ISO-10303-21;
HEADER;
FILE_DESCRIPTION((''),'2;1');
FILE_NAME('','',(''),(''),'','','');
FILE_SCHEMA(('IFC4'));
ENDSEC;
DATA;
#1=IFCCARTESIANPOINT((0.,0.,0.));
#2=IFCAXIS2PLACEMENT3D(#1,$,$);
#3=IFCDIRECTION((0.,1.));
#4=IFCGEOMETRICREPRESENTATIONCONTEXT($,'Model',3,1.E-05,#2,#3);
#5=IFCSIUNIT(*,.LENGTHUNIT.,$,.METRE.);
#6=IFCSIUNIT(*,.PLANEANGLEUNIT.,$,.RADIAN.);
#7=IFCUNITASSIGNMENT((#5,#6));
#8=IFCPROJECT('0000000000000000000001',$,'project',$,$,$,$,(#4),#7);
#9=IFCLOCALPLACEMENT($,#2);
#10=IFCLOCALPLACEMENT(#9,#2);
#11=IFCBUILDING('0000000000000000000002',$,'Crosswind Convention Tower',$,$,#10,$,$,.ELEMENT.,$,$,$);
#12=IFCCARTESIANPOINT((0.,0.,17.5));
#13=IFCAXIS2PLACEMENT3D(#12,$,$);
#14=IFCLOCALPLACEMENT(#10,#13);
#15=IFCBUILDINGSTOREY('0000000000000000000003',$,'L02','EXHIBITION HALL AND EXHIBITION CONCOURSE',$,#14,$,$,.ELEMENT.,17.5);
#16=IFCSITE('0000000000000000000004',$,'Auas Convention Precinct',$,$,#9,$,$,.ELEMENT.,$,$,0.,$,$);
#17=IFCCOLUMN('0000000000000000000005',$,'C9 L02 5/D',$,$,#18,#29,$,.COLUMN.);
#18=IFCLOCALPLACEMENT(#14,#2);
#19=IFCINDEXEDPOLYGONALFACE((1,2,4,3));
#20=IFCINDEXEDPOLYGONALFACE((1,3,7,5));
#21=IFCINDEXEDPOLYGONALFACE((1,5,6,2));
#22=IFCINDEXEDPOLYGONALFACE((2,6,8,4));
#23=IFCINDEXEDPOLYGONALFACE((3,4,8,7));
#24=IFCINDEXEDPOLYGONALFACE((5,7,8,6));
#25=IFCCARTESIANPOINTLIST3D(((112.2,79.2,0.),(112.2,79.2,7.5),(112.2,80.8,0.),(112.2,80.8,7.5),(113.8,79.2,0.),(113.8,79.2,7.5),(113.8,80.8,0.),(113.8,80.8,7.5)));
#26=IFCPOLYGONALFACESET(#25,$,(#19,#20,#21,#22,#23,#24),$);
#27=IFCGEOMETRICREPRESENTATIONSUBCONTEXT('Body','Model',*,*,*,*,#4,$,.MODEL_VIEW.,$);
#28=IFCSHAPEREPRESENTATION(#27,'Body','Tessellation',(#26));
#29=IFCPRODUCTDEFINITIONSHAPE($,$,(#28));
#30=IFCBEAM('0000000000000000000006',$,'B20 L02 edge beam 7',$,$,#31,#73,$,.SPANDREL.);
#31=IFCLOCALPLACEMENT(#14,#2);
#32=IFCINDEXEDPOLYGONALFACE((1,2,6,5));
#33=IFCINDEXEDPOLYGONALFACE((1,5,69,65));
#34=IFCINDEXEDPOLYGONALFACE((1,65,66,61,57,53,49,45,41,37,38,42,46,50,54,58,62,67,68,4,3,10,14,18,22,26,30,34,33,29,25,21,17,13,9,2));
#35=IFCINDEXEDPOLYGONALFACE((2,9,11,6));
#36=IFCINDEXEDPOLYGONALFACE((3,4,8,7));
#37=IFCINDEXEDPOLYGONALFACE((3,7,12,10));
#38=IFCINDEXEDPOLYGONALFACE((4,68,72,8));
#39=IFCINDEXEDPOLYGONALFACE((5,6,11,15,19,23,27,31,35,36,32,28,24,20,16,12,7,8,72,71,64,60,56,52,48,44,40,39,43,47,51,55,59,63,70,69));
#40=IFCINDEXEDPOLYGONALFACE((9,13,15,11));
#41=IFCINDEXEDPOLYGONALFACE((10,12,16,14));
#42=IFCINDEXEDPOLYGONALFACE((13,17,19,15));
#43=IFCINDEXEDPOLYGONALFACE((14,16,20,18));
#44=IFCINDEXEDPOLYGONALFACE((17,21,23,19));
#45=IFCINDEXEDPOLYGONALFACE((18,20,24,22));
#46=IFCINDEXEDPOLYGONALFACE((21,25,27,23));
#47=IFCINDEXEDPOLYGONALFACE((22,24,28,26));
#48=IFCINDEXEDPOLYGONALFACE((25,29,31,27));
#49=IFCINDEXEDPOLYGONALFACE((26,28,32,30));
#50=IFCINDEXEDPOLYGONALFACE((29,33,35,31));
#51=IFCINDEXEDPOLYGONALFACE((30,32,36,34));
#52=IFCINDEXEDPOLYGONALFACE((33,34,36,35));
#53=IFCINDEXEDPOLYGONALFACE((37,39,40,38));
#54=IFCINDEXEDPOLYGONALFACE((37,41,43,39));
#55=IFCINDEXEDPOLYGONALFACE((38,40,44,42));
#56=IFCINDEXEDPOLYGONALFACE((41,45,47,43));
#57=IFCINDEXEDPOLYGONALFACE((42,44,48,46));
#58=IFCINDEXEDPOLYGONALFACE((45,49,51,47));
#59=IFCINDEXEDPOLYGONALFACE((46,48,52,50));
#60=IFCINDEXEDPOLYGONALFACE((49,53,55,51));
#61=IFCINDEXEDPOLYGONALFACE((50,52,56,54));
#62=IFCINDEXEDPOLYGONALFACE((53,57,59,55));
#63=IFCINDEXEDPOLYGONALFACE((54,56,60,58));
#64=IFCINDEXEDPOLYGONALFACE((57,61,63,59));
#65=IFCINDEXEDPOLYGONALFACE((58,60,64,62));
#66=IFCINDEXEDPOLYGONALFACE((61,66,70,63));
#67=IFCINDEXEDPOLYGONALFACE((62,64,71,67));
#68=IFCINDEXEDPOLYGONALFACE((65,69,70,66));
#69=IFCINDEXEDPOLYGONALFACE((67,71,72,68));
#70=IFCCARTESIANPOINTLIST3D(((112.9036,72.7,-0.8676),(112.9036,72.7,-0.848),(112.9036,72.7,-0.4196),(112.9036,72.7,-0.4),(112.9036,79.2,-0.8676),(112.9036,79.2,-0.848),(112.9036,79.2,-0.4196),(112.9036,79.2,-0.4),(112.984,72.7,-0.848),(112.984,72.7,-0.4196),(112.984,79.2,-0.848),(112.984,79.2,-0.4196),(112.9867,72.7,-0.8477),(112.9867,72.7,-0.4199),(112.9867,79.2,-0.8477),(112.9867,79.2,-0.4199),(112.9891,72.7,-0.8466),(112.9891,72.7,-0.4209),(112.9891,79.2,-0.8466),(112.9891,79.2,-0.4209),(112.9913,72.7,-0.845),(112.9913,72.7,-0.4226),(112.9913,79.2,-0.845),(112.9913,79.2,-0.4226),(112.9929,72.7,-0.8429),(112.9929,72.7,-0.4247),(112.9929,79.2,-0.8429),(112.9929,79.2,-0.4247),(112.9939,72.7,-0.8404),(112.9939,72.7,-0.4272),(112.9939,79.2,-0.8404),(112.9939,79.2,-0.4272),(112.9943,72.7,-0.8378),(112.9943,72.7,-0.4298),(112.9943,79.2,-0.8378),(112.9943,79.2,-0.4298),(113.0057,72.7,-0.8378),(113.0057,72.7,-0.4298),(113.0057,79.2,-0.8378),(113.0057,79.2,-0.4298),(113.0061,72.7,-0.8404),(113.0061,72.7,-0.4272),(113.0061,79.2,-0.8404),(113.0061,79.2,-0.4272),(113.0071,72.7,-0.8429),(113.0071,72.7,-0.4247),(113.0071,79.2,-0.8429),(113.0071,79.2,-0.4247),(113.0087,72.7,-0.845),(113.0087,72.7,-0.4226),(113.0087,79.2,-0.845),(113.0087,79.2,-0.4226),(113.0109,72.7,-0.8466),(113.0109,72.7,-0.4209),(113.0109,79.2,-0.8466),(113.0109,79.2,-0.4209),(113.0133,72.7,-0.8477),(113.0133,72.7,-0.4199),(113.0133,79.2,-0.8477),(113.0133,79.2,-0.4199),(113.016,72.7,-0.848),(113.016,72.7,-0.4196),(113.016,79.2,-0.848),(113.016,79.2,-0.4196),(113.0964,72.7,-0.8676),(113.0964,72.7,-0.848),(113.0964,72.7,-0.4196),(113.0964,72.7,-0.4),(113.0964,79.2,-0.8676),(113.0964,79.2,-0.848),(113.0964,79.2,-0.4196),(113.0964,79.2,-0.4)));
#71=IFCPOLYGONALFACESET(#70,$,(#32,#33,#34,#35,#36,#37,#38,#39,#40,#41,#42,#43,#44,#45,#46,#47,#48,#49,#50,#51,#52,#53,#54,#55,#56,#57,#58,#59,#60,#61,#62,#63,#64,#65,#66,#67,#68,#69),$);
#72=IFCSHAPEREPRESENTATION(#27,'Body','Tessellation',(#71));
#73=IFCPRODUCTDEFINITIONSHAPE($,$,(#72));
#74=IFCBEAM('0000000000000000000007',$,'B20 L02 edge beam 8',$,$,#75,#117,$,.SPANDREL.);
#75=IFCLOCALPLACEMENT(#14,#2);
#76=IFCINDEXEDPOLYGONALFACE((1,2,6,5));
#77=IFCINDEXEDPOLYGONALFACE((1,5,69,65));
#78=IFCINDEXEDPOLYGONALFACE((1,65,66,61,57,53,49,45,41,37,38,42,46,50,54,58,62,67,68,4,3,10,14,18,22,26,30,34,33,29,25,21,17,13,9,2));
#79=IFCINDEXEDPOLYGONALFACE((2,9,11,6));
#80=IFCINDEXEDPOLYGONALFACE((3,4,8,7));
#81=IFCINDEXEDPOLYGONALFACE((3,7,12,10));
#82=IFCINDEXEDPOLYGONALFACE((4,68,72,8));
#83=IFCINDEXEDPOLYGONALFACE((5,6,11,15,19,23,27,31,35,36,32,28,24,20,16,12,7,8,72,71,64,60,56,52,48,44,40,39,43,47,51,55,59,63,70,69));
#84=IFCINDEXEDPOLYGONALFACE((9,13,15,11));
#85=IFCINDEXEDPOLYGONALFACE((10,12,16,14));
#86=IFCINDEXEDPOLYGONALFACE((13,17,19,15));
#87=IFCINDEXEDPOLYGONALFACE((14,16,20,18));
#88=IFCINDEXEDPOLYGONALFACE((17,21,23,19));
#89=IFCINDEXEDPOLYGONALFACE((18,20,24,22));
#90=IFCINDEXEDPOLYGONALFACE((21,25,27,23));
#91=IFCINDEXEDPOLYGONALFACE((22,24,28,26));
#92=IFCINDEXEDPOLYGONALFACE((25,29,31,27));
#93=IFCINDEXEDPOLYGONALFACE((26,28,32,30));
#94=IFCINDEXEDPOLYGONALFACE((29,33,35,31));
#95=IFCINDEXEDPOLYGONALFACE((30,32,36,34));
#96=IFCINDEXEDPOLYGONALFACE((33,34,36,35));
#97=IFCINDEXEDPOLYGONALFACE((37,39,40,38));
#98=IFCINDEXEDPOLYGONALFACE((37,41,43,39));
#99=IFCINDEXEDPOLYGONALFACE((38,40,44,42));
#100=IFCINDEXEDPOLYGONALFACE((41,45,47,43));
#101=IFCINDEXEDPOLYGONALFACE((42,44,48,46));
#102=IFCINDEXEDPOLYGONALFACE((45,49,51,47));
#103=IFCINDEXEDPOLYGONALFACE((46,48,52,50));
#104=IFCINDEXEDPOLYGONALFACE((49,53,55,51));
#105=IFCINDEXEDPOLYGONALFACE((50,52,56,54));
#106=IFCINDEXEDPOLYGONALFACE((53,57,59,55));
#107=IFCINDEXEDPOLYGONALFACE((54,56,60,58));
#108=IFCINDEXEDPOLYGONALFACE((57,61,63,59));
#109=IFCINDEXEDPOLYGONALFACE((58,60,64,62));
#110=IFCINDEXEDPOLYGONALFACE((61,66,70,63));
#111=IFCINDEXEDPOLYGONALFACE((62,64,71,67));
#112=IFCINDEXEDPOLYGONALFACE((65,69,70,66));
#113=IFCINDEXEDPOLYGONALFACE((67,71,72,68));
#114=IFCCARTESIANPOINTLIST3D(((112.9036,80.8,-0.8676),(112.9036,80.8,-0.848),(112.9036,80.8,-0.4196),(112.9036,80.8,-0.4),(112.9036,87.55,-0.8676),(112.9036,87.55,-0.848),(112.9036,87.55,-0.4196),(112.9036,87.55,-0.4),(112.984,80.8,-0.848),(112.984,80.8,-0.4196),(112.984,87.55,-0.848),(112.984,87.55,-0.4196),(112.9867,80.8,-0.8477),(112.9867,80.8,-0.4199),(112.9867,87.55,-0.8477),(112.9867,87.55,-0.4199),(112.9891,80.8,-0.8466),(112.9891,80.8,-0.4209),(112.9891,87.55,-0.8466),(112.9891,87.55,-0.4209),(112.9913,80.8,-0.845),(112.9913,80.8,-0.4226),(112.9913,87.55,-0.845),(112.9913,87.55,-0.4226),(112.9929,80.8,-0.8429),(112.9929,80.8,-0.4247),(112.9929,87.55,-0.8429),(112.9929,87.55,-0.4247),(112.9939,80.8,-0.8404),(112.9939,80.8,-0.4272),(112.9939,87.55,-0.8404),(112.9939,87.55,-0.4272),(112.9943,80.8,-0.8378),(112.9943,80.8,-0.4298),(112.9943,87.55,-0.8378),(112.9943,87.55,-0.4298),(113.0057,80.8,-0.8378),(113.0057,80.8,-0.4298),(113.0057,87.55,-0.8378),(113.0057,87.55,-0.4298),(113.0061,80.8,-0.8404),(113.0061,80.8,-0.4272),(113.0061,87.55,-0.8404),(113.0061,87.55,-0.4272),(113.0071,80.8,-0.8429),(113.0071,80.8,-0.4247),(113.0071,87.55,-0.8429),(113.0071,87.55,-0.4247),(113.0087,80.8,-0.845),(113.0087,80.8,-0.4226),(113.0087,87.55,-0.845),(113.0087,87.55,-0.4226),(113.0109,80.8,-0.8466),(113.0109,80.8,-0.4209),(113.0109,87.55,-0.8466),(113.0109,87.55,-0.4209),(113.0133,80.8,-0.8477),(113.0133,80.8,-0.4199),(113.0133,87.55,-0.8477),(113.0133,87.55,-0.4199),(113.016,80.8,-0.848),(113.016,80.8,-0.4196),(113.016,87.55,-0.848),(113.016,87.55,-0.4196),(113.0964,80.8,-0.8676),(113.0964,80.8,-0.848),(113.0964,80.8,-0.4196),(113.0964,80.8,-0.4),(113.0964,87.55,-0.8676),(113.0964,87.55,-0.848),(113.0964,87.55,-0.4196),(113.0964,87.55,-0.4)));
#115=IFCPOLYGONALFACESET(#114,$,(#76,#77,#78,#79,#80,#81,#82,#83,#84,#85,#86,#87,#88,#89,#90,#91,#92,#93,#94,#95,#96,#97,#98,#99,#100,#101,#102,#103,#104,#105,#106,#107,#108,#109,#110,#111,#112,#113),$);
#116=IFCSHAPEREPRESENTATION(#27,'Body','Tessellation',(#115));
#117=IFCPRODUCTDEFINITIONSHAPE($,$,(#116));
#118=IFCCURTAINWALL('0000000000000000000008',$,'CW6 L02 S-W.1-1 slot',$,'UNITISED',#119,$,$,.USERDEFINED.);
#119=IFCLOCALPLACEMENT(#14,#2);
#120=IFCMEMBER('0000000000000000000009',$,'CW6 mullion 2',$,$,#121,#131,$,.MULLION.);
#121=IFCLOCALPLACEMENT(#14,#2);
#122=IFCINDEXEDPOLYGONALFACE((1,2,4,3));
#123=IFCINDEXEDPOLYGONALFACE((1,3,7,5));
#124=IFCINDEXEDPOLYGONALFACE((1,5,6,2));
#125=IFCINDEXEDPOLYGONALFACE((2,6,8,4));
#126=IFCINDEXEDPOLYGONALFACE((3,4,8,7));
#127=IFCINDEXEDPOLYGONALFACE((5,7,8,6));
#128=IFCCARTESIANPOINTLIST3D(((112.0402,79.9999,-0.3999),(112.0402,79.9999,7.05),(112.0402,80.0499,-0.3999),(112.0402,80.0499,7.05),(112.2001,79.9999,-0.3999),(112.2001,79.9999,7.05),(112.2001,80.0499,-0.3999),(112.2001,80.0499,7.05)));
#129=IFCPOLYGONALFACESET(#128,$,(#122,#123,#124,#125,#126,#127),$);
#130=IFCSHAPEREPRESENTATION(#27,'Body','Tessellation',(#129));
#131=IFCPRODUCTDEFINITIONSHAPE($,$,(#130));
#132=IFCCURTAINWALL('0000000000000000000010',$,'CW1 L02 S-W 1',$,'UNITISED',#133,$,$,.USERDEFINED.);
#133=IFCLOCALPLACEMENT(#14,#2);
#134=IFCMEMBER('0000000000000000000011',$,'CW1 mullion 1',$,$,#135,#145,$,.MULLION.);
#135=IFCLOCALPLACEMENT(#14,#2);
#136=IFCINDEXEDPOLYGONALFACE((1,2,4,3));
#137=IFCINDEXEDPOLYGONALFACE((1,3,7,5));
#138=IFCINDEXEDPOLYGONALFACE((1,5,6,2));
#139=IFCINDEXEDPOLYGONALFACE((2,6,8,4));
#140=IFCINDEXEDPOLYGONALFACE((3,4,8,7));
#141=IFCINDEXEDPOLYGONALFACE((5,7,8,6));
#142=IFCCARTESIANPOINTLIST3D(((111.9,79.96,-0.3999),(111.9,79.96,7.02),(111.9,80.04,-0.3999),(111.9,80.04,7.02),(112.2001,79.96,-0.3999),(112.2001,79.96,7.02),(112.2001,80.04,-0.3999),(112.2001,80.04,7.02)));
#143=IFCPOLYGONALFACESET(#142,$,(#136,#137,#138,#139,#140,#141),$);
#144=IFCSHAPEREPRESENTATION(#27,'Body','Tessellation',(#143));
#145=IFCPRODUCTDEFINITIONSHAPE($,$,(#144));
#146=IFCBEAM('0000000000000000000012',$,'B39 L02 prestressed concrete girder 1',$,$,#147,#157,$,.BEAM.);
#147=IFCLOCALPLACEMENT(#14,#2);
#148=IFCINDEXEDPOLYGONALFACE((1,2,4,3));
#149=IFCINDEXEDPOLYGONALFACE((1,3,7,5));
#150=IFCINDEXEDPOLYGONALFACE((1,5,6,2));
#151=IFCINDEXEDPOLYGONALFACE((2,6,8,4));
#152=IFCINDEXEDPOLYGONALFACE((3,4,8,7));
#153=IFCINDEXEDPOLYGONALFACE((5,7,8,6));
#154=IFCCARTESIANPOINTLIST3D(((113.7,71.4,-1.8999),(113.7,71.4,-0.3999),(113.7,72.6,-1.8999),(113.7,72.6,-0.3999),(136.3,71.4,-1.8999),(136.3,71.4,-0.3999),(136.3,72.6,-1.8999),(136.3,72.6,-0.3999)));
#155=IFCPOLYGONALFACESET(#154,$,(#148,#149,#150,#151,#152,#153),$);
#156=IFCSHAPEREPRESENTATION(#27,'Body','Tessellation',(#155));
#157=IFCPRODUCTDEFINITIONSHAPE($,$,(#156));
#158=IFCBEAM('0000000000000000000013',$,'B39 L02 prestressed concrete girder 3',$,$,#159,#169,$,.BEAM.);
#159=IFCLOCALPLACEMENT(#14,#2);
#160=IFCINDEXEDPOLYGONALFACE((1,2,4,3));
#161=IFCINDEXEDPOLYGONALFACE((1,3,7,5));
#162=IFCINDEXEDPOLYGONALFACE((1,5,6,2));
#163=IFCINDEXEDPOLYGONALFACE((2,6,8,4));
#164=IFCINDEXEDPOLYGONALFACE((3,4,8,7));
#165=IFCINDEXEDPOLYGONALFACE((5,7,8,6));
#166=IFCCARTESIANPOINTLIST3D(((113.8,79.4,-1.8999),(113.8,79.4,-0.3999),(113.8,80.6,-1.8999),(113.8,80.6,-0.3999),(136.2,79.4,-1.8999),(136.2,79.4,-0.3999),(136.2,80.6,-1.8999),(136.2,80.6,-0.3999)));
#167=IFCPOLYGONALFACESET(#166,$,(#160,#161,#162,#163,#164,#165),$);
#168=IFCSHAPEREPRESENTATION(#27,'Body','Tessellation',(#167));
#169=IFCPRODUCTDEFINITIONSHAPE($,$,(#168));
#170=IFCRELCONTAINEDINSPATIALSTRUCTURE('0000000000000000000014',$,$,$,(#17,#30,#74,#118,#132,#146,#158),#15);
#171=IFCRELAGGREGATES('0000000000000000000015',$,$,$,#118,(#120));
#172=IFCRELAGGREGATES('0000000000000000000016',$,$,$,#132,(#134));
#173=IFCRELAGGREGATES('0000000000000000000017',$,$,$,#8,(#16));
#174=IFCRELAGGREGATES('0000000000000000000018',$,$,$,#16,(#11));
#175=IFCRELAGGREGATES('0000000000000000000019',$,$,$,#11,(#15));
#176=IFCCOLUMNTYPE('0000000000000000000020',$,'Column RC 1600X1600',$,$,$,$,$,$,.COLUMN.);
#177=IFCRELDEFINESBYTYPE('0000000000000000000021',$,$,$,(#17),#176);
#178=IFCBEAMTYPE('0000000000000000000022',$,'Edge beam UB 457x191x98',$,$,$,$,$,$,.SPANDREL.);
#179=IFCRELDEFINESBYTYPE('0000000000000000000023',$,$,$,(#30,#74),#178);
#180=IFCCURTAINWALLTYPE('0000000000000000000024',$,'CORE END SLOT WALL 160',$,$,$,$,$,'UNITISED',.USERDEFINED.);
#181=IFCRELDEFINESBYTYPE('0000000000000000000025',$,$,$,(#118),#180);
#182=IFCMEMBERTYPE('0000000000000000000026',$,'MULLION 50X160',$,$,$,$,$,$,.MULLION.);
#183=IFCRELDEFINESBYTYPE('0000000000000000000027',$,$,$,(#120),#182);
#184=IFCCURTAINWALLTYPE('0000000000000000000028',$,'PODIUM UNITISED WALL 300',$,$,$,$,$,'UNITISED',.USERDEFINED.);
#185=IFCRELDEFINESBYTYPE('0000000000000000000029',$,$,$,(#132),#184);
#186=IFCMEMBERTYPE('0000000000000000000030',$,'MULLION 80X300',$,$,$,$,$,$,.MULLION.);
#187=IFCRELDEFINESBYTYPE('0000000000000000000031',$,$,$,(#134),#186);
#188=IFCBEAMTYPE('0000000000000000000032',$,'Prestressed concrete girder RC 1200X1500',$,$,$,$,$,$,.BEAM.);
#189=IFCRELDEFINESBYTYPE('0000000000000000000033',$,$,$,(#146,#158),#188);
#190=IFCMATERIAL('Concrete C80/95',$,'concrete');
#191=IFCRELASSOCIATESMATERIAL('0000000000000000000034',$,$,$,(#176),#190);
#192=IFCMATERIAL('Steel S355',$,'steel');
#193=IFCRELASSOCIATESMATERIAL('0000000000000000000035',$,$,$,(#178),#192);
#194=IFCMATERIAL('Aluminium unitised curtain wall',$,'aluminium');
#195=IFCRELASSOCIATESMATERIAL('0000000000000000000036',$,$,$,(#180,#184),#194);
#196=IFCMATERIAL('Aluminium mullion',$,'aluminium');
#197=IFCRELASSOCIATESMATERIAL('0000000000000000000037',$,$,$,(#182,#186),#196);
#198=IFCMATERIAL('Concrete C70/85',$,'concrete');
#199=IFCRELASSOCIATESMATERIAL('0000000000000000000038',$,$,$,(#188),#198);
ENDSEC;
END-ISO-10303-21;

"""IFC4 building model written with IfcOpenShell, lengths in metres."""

from ifc_helpers import new_model, si_unit, direction, frame, origin, origin_2d, place, context, subcontext, project, spatial, rectangle, i_section, extrude, material, material_profile, profile_set, type_object, element, aggregate, save


model = new_model("IFC4")

# Units and contexts
model_context = context("Model", 3, precision=1e-05, world=origin(), true_north=direction((0.0, 1.0)))
body_context = subcontext(model_context, "Body", "Model", "MODEL_VIEW")
ifc_project = project(units=[si_unit("LENGTHUNIT", "METRE"), si_unit("PLANEANGLEUNIT", "RADIAN")], contexts=[model_context])

# Site, building, storey
site_placement = place(None, origin())
site = spatial("IfcSite", under=ifc_project, at=site_placement, Name="Auas Convention Precinct", CompositionType="ELEMENT", RefElevation=0.0)
building_placement = place(site_placement, origin())
building = spatial("IfcBuilding", under=site, at=building_placement, Name="Crosswind Convention Tower", CompositionType="ELEMENT")
storey_placement = place(building_placement, frame((0.0, 0.0, 17.5)))
storey = spatial("IfcBuildingStorey", under=building, at=storey_placement, Name="L02", Description="EXHIBITION HALL AND EXHIBITION CONCOURSE", CompositionType="ELEMENT", Elevation=17.5)

# Column
ifc_material_1 = material(Name="Concrete C80/95", Category="concrete")
ifc_material_profile_1 = material_profile(ifc_material_1, rectangle(XDim=1.6001, YDim=1.6001, at=origin_2d()), Name="RC 1600X1600")
ifc_profile_set_1 = profile_set([ifc_material_profile_1], Name="Concrete C80/95")
column_type = type_object("IfcColumnType", Name="Column RC 1600X1600", PredefinedType="COLUMN", material=ifc_profile_set_1)
column_placement = place(storey_placement, frame((113.0, 80.0, 0.0), z_axis=(0.0, 0.0, 1.0), x_axis=(1.0, 0.0, 0.0)))
element("IfcColumn", 1, at=column_placement, inside=storey, type_object=column_type, Name="C9 L02 5/D", PredefinedType="COLUMN", context=body_context, shape_type="SweptSolid", body=[
    extrude(rectangle(XDim=1.6001, YDim=1.6001, at=origin_2d()), origin(), (0.0, 0.0, 1.0), 7.5),
])

# Beams
ifc_material_2 = material(Name="Steel S355", Category="steel")
ifc_material_profile_2 = material_profile(ifc_material_2, i_section(OverallWidth=0.1929, OverallDepth=0.4675, WebThickness=0.0115, FlangeThickness=0.0195, FilletRadius=0.0103, at=origin_2d()), Name="UB 457x191x98")
ifc_profile_set_2 = profile_set([ifc_material_profile_2], Name="Steel S355")
beam_type_1 = type_object("IfcBeamType", Name="Edge beam UB 457x191x98", PredefinedType="SPANDREL", material=ifc_profile_set_2)
beam_1_placement = place(storey_placement, frame((113.0, 72.7, -0.6338), z_axis=(0.0, 1.0, 0.0), x_axis=(-1.0, 0.0, 0.0)))
element("IfcBeam", 2, at=beam_1_placement, inside=storey, type_object=beam_type_1, Name="B20 L02 edge beam 7", PredefinedType="SPANDREL", context=body_context, shape_type="SweptSolid", body=[
    extrude(i_section(OverallWidth=0.1929, OverallDepth=0.4675, WebThickness=0.0115, FlangeThickness=0.0195, FilletRadius=0.0103, at=origin_2d()), origin(), (0.0, 0.0, 1.0), 6.5),
])
beam_2_placement = place(storey_placement, frame((113.0, 80.8, -0.6338), z_axis=(0.0, 1.0, 0.0), x_axis=(-1.0, 0.0, 0.0)))
element("IfcBeam", 3, at=beam_2_placement, inside=storey, type_object=beam_type_1, Name="B20 L02 edge beam 8", PredefinedType="SPANDREL", context=body_context, shape_type="SweptSolid", body=[
    extrude(i_section(OverallWidth=0.1929, OverallDepth=0.4675, WebThickness=0.0115, FlangeThickness=0.0195, FilletRadius=0.0103, at=origin_2d()), origin(), (0.0, 0.0, 1.0), 6.75),
])

# Curtain walls, members
ifc_material_3 = material(Name="Aluminium unitised curtain wall", Category="aluminium")
curtain_wall_type_1 = type_object("IfcCurtainWallType", Name="CORE END SLOT WALL 160", ElementType="UNITISED", PredefinedType="USERDEFINED", material=ifc_material_3)
curtain_wall_1_placement = place(storey_placement, origin())
curtain_wall_1 = element("IfcCurtainWall", 4, at=curtain_wall_1_placement, inside=storey, type_object=curtain_wall_type_1, Name="CW6 L02 S-W.1-1 slot", ObjectType="UNITISED", PredefinedType="USERDEFINED")
ifc_material_4 = material(Name="Aluminium mullion", Category="aluminium")
ifc_material_profile_3 = material_profile(ifc_material_4, rectangle(XDim=0.1599, YDim=0.05, at=origin_2d()), Name="AL 160X50")
ifc_profile_set_3 = profile_set([ifc_material_profile_3], Name="Aluminium mullion")
member_type_1 = type_object("IfcMemberType", Name="MULLION 50X160", PredefinedType="MULLION", material=ifc_profile_set_3)
member_1_placement = place(storey_placement, frame((112.1201, 80.0249, -0.3999), z_axis=(0.0, 0.0, 1.0), x_axis=(-1.0, 0.0, 0.0)))
member_1 = element("IfcMember", 5, at=member_1_placement, type_object=member_type_1, Name="CW6 mullion 2", PredefinedType="MULLION", context=body_context, shape_type="SweptSolid", body=[
    extrude(rectangle(XDim=0.1599, YDim=0.05, at=origin_2d()), origin(), (0.0, 0.0, 1.0), 7.45),
])
curtain_wall_type_2 = type_object("IfcCurtainWallType", Name="PODIUM UNITISED WALL 300", ElementType="UNITISED", PredefinedType="USERDEFINED", material=ifc_material_3)
curtain_wall_2_placement = place(storey_placement, origin())
curtain_wall_2 = element("IfcCurtainWall", 6, at=curtain_wall_2_placement, inside=storey, type_object=curtain_wall_type_2, Name="CW1 L02 S-W 1", ObjectType="UNITISED", PredefinedType="USERDEFINED")
ifc_material_profile_4 = material_profile(ifc_material_4, rectangle(XDim=0.3, YDim=0.0801, at=origin_2d()), Name="AL 300X80")
ifc_profile_set_4 = profile_set([ifc_material_profile_4], Name="Aluminium mullion")
member_type_2 = type_object("IfcMemberType", Name="MULLION 80X300", PredefinedType="MULLION", material=ifc_profile_set_4)
member_2_placement = place(storey_placement, frame((112.05, 80.0, -0.3999), z_axis=(0.0, 0.0, 1.0), x_axis=(-1.0, 0.0, 0.0)))
member_2 = element("IfcMember", 7, at=member_2_placement, type_object=member_type_2, Name="CW1 mullion 1", PredefinedType="MULLION", context=body_context, shape_type="SweptSolid", body=[
    extrude(rectangle(XDim=0.3, YDim=0.0801, at=origin_2d()), origin(), (0.0, 0.0, 1.0), 7.4199),
])

# Beams
ifc_material_5 = material(Name="Concrete C70/85", Category="concrete")
ifc_material_profile_5 = material_profile(ifc_material_5, rectangle(XDim=1.2, YDim=1.5, at=origin_2d()), Name="RC 1200X1500")
ifc_profile_set_5 = profile_set([ifc_material_profile_5], Name="Concrete C70/85")
beam_type_2 = type_object("IfcBeamType", Name="Prestressed concrete girder RC 1200X1500", PredefinedType="BEAM", material=ifc_profile_set_5)
beam_3_placement = place(storey_placement, frame((113.7, 72.0, -1.1499), z_axis=(1.0, 0.0, 0.0), x_axis=(0.0, 1.0, 0.0)))
element("IfcBeam", 8, at=beam_3_placement, inside=storey, type_object=beam_type_2, Name="B39 L02 prestressed concrete girder 1", PredefinedType="BEAM", context=body_context, shape_type="SweptSolid", body=[
    extrude(rectangle(XDim=1.2, YDim=1.5, at=origin_2d()), origin(), (0.0, 0.0, 1.0), 22.6001),
])
beam_4_placement = place(storey_placement, frame((113.8, 80.0, -1.1499), z_axis=(1.0, 0.0, 0.0), x_axis=(0.0, 1.0, 0.0)))
element("IfcBeam", 9, at=beam_4_placement, inside=storey, type_object=beam_type_2, Name="B39 L02 prestressed concrete girder 3", PredefinedType="BEAM", context=body_context, shape_type="SweptSolid", body=[
    extrude(rectangle(XDim=1.2, YDim=1.5, at=origin_2d()), origin(), (0.0, 0.0, 1.0), 22.3999),
])

aggregate(curtain_wall_1, [member_1])

aggregate(curtain_wall_2, [member_2])

save(model, "model.ifc")
